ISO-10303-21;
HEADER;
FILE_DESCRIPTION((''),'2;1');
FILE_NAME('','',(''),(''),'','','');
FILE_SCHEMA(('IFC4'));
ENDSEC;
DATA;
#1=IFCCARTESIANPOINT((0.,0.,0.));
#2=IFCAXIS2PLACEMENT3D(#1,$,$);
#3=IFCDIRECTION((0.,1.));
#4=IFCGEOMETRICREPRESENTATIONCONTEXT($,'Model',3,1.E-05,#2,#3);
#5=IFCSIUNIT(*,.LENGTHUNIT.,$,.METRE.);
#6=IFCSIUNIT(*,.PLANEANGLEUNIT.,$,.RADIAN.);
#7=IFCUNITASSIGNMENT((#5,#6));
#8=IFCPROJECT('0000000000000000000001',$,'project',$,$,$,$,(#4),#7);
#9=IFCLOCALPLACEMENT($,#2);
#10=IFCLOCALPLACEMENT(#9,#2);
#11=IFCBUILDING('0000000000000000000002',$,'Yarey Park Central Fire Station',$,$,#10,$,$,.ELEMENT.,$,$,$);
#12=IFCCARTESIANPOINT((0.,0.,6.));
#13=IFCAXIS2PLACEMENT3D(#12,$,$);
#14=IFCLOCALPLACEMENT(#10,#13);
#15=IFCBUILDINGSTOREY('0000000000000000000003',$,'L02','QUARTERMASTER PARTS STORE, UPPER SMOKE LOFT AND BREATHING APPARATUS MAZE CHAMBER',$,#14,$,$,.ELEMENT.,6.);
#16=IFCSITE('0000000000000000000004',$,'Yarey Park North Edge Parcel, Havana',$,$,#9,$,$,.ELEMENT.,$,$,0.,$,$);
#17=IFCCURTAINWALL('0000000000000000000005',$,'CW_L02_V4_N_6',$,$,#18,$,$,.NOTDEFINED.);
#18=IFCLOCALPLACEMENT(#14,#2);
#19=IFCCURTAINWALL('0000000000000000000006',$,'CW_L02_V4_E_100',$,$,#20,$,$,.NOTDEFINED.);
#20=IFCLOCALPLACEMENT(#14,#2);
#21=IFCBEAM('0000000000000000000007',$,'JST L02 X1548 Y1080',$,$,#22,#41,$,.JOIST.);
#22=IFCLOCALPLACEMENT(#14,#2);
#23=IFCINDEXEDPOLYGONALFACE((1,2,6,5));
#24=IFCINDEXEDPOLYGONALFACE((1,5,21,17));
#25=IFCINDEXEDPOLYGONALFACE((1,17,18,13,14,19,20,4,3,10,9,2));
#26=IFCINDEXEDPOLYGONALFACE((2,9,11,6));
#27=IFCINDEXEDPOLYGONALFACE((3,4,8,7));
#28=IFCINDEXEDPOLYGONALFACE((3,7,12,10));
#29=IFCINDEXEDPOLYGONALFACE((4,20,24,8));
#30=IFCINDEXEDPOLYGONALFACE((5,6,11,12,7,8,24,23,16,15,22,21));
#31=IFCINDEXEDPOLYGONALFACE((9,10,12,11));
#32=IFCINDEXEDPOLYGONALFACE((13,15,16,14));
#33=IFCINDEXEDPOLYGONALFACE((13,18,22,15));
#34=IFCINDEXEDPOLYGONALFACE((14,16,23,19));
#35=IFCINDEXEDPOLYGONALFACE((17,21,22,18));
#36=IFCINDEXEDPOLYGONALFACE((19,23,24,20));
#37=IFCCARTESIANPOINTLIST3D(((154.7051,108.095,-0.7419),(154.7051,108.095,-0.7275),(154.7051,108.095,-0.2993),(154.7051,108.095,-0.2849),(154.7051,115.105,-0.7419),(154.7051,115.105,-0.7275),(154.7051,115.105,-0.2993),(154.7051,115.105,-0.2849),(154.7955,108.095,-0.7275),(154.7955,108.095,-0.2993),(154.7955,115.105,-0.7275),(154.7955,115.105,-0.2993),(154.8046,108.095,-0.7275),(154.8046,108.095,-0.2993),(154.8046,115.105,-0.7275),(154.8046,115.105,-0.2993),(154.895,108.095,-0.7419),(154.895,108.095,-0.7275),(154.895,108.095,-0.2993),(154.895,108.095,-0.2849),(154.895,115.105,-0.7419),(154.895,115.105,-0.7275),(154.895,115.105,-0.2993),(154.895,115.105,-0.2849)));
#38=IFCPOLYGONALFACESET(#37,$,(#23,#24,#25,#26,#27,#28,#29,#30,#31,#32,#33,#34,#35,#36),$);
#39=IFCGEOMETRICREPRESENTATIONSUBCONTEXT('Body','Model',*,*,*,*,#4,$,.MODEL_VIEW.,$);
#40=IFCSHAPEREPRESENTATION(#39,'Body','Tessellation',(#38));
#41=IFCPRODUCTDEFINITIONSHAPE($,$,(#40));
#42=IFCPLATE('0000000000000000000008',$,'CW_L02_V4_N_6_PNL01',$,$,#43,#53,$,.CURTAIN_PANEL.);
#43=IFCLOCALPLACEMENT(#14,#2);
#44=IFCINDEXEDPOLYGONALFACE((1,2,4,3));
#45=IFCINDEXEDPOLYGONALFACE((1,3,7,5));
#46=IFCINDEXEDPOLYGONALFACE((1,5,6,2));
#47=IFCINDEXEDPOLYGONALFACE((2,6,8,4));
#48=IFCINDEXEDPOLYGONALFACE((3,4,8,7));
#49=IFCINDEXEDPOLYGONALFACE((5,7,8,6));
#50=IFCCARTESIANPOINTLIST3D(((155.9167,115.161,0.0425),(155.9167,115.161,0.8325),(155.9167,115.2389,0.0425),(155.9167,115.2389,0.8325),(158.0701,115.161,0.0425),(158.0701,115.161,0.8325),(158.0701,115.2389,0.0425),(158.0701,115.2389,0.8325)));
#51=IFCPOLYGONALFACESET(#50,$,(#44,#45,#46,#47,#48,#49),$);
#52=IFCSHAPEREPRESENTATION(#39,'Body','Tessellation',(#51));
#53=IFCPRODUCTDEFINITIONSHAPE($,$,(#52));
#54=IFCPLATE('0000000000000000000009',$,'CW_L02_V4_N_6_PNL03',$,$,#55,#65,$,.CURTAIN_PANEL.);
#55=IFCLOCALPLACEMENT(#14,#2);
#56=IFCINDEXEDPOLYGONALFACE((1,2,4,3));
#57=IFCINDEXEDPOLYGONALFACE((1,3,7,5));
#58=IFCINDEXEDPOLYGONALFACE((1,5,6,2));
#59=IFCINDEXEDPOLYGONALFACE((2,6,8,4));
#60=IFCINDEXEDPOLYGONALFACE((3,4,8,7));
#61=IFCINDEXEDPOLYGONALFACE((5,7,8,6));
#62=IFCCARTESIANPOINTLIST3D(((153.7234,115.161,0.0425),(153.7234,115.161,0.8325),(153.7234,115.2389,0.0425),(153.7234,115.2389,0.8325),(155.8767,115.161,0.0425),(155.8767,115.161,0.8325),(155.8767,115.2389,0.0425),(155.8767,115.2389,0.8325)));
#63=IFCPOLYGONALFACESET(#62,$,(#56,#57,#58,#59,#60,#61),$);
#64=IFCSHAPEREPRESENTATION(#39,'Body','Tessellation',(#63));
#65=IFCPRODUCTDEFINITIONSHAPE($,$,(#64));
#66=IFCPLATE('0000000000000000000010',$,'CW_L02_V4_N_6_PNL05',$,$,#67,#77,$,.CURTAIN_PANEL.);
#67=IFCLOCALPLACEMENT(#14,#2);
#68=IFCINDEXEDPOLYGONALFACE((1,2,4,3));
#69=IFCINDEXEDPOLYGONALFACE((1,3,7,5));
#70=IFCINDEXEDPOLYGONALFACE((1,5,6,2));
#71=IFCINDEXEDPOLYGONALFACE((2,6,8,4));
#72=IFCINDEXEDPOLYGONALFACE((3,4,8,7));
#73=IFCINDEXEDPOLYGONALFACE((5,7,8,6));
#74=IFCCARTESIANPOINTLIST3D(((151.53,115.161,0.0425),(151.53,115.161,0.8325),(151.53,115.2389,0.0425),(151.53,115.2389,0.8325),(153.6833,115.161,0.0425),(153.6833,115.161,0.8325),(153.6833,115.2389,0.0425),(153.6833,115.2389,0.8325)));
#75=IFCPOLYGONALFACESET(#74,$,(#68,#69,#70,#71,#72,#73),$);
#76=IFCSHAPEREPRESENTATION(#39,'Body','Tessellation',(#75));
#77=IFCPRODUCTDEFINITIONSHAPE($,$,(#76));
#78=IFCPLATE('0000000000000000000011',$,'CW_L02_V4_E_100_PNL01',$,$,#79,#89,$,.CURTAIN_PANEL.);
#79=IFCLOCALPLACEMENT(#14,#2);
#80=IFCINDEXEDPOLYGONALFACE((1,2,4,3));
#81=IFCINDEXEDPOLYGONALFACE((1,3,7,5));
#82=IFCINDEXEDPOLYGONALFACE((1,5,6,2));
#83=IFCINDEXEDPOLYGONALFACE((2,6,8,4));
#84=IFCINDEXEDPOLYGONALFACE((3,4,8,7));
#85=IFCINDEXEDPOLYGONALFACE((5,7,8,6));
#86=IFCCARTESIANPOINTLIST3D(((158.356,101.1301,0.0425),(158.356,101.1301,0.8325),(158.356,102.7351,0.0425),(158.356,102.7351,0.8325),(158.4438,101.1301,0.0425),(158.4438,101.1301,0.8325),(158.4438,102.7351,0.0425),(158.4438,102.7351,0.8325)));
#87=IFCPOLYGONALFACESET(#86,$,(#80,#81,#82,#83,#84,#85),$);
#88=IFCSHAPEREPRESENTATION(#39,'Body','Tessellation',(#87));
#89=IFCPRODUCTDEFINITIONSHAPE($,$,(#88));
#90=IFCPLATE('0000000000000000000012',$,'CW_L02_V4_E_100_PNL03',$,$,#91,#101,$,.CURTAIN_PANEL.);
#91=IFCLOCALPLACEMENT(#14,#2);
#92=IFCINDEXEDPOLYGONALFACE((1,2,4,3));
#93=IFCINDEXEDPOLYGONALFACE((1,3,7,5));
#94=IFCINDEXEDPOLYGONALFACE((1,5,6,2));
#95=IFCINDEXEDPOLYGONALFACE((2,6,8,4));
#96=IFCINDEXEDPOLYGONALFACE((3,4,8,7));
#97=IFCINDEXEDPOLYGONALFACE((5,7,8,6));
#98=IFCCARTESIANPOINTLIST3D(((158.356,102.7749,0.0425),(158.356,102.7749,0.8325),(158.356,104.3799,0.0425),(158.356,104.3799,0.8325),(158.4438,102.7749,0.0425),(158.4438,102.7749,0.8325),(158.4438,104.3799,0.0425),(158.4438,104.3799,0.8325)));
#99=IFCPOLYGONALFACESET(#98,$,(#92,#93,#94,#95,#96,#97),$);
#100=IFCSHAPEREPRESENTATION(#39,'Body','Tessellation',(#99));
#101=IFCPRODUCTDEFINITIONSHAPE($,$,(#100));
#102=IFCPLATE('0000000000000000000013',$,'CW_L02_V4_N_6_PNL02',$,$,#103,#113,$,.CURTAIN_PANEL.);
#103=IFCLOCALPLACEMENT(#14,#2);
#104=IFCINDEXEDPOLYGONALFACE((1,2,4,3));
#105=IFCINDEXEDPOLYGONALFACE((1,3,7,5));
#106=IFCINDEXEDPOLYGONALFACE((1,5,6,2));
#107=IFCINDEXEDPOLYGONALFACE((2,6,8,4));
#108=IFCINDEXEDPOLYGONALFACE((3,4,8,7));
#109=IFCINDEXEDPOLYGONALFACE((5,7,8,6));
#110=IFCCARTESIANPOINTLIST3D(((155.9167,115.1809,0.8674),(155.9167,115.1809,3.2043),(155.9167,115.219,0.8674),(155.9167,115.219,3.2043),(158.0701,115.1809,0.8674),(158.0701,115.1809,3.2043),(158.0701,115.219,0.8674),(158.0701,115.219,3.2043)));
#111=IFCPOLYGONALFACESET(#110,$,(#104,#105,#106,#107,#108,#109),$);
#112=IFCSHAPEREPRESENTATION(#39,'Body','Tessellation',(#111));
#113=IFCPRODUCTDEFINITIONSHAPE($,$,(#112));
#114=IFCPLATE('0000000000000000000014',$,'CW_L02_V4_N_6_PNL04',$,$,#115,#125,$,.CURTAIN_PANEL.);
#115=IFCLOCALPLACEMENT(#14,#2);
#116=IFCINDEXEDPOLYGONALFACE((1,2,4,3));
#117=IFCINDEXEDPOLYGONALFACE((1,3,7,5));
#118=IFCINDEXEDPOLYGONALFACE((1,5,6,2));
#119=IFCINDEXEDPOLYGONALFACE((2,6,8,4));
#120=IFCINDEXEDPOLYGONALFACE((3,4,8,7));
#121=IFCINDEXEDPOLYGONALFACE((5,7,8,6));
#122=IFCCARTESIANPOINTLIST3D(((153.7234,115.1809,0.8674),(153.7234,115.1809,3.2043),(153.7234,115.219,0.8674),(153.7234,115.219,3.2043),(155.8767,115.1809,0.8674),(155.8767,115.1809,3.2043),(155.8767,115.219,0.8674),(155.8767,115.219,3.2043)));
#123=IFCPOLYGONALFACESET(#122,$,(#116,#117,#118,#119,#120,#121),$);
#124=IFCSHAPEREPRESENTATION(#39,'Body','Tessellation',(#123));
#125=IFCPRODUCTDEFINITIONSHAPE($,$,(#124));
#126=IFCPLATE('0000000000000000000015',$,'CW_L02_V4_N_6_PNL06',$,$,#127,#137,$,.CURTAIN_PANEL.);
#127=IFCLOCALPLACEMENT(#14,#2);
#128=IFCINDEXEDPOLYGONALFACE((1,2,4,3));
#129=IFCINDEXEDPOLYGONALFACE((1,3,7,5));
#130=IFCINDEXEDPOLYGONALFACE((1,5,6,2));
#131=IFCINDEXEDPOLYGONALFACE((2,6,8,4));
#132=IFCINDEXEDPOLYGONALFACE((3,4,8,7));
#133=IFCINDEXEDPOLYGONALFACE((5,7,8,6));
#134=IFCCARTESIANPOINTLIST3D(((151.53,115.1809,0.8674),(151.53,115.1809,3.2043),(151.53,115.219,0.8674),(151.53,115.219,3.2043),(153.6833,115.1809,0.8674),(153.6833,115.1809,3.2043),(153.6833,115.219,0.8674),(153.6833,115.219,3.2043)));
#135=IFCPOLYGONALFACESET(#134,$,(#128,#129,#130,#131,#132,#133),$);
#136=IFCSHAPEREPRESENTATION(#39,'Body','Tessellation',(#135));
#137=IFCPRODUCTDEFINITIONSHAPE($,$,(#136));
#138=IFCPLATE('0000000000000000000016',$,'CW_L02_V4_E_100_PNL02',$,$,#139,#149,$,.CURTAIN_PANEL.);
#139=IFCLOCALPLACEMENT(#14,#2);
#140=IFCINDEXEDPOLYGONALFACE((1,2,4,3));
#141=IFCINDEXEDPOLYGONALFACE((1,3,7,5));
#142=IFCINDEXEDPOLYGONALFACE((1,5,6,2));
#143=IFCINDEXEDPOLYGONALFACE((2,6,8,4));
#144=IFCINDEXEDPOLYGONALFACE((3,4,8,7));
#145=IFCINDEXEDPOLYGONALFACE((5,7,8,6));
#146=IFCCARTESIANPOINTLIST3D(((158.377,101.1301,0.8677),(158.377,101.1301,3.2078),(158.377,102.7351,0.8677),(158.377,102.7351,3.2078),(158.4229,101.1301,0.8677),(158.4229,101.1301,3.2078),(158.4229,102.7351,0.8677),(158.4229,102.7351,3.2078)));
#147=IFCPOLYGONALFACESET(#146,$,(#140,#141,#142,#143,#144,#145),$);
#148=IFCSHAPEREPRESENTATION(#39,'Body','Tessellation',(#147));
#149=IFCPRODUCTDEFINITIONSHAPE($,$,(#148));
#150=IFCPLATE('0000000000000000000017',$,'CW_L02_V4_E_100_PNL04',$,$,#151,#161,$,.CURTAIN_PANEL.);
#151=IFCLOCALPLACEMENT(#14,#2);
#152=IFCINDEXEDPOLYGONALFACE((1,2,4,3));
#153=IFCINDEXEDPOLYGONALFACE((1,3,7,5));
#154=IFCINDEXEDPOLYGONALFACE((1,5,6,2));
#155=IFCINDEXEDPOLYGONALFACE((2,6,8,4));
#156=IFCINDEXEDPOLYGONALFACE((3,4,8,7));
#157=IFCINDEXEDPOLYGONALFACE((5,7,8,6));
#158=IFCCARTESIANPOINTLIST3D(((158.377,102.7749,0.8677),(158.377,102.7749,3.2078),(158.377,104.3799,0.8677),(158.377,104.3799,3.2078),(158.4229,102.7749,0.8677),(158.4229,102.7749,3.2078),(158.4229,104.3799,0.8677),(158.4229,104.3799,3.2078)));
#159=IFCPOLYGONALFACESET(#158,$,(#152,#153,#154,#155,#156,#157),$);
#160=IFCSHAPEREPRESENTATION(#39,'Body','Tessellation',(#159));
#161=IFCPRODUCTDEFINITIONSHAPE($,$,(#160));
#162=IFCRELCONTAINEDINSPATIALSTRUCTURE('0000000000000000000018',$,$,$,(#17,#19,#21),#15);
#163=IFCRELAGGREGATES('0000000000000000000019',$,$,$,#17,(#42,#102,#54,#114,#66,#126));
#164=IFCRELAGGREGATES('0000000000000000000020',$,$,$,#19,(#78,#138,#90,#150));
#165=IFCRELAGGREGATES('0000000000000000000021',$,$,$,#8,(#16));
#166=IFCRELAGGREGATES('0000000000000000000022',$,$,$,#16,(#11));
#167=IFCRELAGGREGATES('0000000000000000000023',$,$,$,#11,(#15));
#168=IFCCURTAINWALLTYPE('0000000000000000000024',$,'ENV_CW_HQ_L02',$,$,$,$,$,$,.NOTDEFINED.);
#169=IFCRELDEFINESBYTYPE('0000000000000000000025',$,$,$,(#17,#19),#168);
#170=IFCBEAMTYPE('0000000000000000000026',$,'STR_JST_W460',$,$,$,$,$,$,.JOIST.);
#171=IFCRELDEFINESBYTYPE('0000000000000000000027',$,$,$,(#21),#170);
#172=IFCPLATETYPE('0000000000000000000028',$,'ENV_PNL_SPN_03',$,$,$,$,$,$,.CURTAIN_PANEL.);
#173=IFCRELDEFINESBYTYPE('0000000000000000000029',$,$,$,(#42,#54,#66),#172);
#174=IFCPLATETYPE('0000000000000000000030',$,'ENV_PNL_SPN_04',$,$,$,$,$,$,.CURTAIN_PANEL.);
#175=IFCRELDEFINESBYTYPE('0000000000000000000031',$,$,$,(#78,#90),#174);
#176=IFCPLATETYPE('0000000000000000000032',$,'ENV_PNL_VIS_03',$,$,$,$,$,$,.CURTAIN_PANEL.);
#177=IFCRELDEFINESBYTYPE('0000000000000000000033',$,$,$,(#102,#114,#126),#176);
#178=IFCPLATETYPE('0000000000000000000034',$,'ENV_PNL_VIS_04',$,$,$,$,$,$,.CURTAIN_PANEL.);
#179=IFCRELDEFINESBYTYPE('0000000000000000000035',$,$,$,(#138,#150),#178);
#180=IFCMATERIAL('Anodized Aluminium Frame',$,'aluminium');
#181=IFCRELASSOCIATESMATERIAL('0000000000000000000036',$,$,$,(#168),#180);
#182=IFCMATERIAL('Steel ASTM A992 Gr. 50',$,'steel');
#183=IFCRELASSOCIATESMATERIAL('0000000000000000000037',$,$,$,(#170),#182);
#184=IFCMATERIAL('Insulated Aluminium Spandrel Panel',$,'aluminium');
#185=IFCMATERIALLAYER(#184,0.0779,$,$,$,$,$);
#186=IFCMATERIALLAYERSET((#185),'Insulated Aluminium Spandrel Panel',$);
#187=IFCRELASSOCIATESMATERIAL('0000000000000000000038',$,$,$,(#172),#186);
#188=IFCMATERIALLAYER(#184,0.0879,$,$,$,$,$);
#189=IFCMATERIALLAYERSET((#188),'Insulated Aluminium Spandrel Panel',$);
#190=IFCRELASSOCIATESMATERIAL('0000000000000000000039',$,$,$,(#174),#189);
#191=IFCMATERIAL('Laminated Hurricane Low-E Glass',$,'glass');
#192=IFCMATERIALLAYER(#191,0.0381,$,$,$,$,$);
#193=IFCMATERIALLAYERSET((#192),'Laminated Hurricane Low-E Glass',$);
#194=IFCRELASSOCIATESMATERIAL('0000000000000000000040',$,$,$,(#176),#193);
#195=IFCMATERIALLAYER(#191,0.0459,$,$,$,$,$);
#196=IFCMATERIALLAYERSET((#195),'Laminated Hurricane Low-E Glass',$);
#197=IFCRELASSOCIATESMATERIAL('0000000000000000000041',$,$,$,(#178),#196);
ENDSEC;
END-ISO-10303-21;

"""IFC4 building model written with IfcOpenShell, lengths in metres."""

from ifc_helpers import new_model, si_unit, direction, frame, origin, origin_2d, place, context, subcontext, project, spatial, rectangle, i_section, extrude, material, layer, layer_set, material_profile, profile_set, type_object, element, aggregate, save


model = new_model("IFC4")

# Units and contexts
model_context = context("Model", 3, precision=1e-05, world=origin(), true_north=direction((0.0, 1.0)))
body_context = subcontext(model_context, "Body", "Model", "MODEL_VIEW")
ifc_project = project(units=[si_unit("LENGTHUNIT", "METRE"), si_unit("PLANEANGLEUNIT", "RADIAN")], contexts=[model_context])

# Site, building, storey
site_placement = place(None, origin())
site = spatial("IfcSite", under=ifc_project, at=site_placement, Name="Yarey Park North Edge Parcel, Havana", CompositionType="ELEMENT", RefElevation=0.0)
building_placement = place(site_placement, origin())
building = spatial("IfcBuilding", under=site, at=building_placement, Name="Yarey Park Central Fire Station", CompositionType="ELEMENT")
storey_placement = place(building_placement, frame((0.0, 0.0, 6.0)))
storey = spatial("IfcBuildingStorey", under=building, at=storey_placement, Name="L02", Description="QUARTERMASTER PARTS STORE, UPPER SMOKE LOFT AND BREATHING APPARATUS MAZE CHAMBER", CompositionType="ELEMENT", Elevation=6.0)

# Shared definitions
ifc_material_1 = material(Name="Anodized Aluminium Frame", Category="aluminium")
curtain_wall_type = type_object("IfcCurtainWallType", Name="ENV_CW_HQ_L02", PredefinedType="NOTDEFINED", material=ifc_material_1)

# Curtain walls
curtain_wall_1_placement = place(storey_placement, origin())
curtain_wall_1 = element("IfcCurtainWall", 1, at=curtain_wall_1_placement, inside=storey, type_object=curtain_wall_type, Name="CW_L02_V4_N_6", PredefinedType="NOTDEFINED")
curtain_wall_2_placement = place(storey_placement, origin())
curtain_wall_2 = element("IfcCurtainWall", 2, at=curtain_wall_2_placement, inside=storey, type_object=curtain_wall_type, Name="CW_L02_V4_E_100", PredefinedType="NOTDEFINED")

# Beam
ifc_material_2 = material(Name="Steel ASTM A992 Gr. 50", Category="steel")
ifc_material_profile_1 = material_profile(ifc_material_2, i_section(OverallWidth=0.1899, OverallDepth=0.457, WebThickness=0.009, FlangeThickness=0.0144, at=origin_2d()), Name="W460x74")
ifc_profile_set_1 = profile_set([ifc_material_profile_1], Name="Steel ASTM A992 Gr. 50")
beam_type_1 = type_object("IfcBeamType", Name="STR_JST_W460", PredefinedType="JOIST", material=ifc_profile_set_1)
beam_1_placement = place(storey_placement, frame((154.8, 108.095, -0.5134), z_axis=(0.0, 1.0, 0.0), x_axis=(-1.0, 0.0, 0.0)))
element("IfcBeam", 3, at=beam_1_placement, inside=storey, type_object=beam_type_1, Name="JST L02 X1548 Y1080", PredefinedType="JOIST", context=body_context, shape_type="SweptSolid", body=[
    extrude(i_section(OverallWidth=0.1899, OverallDepth=0.457, WebThickness=0.009, FlangeThickness=0.0144, at=origin_2d()), origin(), (0.0, 0.0, 1.0), 7.01),
])

# Plates
ifc_material_3 = material(Name="Insulated Aluminium Spandrel Panel", Category="aluminium")
ifc_layer_1 = layer(ifc_material_3, 0.0779)
ifc_layer_set_1 = layer_set([ifc_layer_1], Name="Insulated Aluminium Spandrel Panel")
plate_type_1 = type_object("IfcPlateType", Name="ENV_PNL_SPN_03", PredefinedType="CURTAIN_PANEL", material=ifc_layer_set_1)
plate_1_placement = place(storey_placement, frame((156.9934, 115.2, 0.0425), z_axis=(0.0, 0.0, 1.0), x_axis=(-1.0, 0.0, 0.0)))
plate_1 = element("IfcPlate", 4, at=plate_1_placement, type_object=plate_type_1, Name="CW_L02_V4_N_6_PNL01", PredefinedType="CURTAIN_PANEL", context=body_context, shape_type="SweptSolid", body=[
    extrude(rectangle(XDim=2.1533, YDim=0.0779, at=origin_2d()), origin(), (0.0, 0.0, 1.0), 0.79),
])
plate_2_placement = place(storey_placement, frame((154.8, 115.2, 0.0425), z_axis=(0.0, 0.0, 1.0), x_axis=(-1.0, 0.0, 0.0)))
plate_2 = element("IfcPlate", 5, at=plate_2_placement, type_object=plate_type_1, Name="CW_L02_V4_N_6_PNL03", PredefinedType="CURTAIN_PANEL", context=body_context, shape_type="SweptSolid", body=[
    extrude(rectangle(XDim=2.1533, YDim=0.0779, at=origin_2d()), origin(), (0.0, 0.0, 1.0), 0.79),
])
plate_3_placement = place(storey_placement, frame((152.6067, 115.2, 0.0425), z_axis=(0.0, 0.0, 1.0), x_axis=(-1.0, 0.0, 0.0)))
plate_3 = element("IfcPlate", 6, at=plate_3_placement, type_object=plate_type_1, Name="CW_L02_V4_N_6_PNL05", PredefinedType="CURTAIN_PANEL", context=body_context, shape_type="SweptSolid", body=[
    extrude(rectangle(XDim=2.1533, YDim=0.0779, at=origin_2d()), origin(), (0.0, 0.0, 1.0), 0.79),
])
ifc_layer_2 = layer(ifc_material_3, 0.0879)
ifc_layer_set_2 = layer_set([ifc_layer_2], Name="Insulated Aluminium Spandrel Panel")
plate_type_2 = type_object("IfcPlateType", Name="ENV_PNL_SPN_04", PredefinedType="CURTAIN_PANEL", material=ifc_layer_set_2)
plate_4_placement = place(storey_placement, frame((158.3999, 101.9326, 0.0425), z_axis=(0.0, 0.0, 1.0), x_axis=(0.0, 1.0, 0.0)))
plate_4 = element("IfcPlate", 7, at=plate_4_placement, type_object=plate_type_2, Name="CW_L02_V4_E_100_PNL01", PredefinedType="CURTAIN_PANEL", context=body_context, shape_type="SweptSolid", body=[
    extrude(rectangle(XDim=1.605, YDim=0.0879, at=origin_2d()), origin(), (0.0, 0.0, 1.0), 0.79),
])
plate_5_placement = place(storey_placement, frame((158.3999, 103.5774, 0.0425), z_axis=(0.0, 0.0, 1.0), x_axis=(0.0, 1.0, 0.0)))
plate_5 = element("IfcPlate", 8, at=plate_5_placement, type_object=plate_type_2, Name="CW_L02_V4_E_100_PNL03", PredefinedType="CURTAIN_PANEL", context=body_context, shape_type="SweptSolid", body=[
    extrude(rectangle(XDim=1.605, YDim=0.0879, at=origin_2d()), origin(), (0.0, 0.0, 1.0), 0.79),
])
ifc_material_4 = material(Name="Laminated Hurricane Low-E Glass", Category="glass")
ifc_layer_3 = layer(ifc_material_4, 0.0381)
ifc_layer_set_3 = layer_set([ifc_layer_3], Name="Laminated Hurricane Low-E Glass")
plate_type_3 = type_object("IfcPlateType", Name="ENV_PNL_VIS_03", PredefinedType="CURTAIN_PANEL", material=ifc_layer_set_3)
plate_6_placement = place(storey_placement, frame((156.9934, 115.2, 0.8674), z_axis=(0.0, 0.0, 1.0), x_axis=(-1.0, 0.0, 0.0)))
plate_6 = element("IfcPlate", 9, at=plate_6_placement, type_object=plate_type_3, Name="CW_L02_V4_N_6_PNL02", PredefinedType="CURTAIN_PANEL", context=body_context, shape_type="SweptSolid", body=[
    extrude(rectangle(XDim=2.1533, YDim=0.0381, at=origin_2d()), origin(), (0.0, 0.0, 1.0), 2.3369),
])
plate_7_placement = place(storey_placement, frame((154.8, 115.2, 0.8674), z_axis=(0.0, 0.0, 1.0), x_axis=(-1.0, 0.0, 0.0)))
plate_7 = element("IfcPlate", 10, at=plate_7_placement, type_object=plate_type_3, Name="CW_L02_V4_N_6_PNL04", PredefinedType="CURTAIN_PANEL", context=body_context, shape_type="SweptSolid", body=[
    extrude(rectangle(XDim=2.1533, YDim=0.0381, at=origin_2d()), origin(), (0.0, 0.0, 1.0), 2.3369),
])
plate_8_placement = place(storey_placement, frame((152.6067, 115.2, 0.8674), z_axis=(0.0, 0.0, 1.0), x_axis=(-1.0, 0.0, 0.0)))
plate_8 = element("IfcPlate", 11, at=plate_8_placement, type_object=plate_type_3, Name="CW_L02_V4_N_6_PNL06", PredefinedType="CURTAIN_PANEL", context=body_context, shape_type="SweptSolid", body=[
    extrude(rectangle(XDim=2.1533, YDim=0.0381, at=origin_2d()), origin(), (0.0, 0.0, 1.0), 2.3369),
])
aggregate(curtain_wall_1, [plate_1, plate_6, plate_2, plate_7, plate_3, plate_8])
ifc_layer_4 = layer(ifc_material_4, 0.0459)
ifc_layer_set_4 = layer_set([ifc_layer_4], Name="Laminated Hurricane Low-E Glass")
plate_type_4 = type_object("IfcPlateType", Name="ENV_PNL_VIS_04", PredefinedType="CURTAIN_PANEL", material=ifc_layer_set_4)
plate_9_placement = place(storey_placement, frame((158.3999, 101.9326, 0.8677), z_axis=(0.0, 0.0, 1.0), x_axis=(0.0, 1.0, 0.0)))
plate_9 = element("IfcPlate", 12, at=plate_9_placement, type_object=plate_type_4, Name="CW_L02_V4_E_100_PNL02", PredefinedType="CURTAIN_PANEL", context=body_context, shape_type="SweptSolid", body=[
    extrude(rectangle(XDim=1.605, YDim=0.0459, at=origin_2d()), origin(), (0.0, 0.0, 1.0), 2.3401),
])
plate_10_placement = place(storey_placement, frame((158.3999, 103.5774, 0.8677), z_axis=(0.0, 0.0, 1.0), x_axis=(0.0, 1.0, 0.0)))
plate_10 = element("IfcPlate", 13, at=plate_10_placement, type_object=plate_type_4, Name="CW_L02_V4_E_100_PNL04", PredefinedType="CURTAIN_PANEL", context=body_context, shape_type="SweptSolid", body=[
    extrude(rectangle(XDim=1.605, YDim=0.0459, at=origin_2d()), origin(), (0.0, 0.0, 1.0), 2.3401),
])
aggregate(curtain_wall_2, [plate_4, plate_9, plate_5, plate_10])

save(model, "model.ifc")
